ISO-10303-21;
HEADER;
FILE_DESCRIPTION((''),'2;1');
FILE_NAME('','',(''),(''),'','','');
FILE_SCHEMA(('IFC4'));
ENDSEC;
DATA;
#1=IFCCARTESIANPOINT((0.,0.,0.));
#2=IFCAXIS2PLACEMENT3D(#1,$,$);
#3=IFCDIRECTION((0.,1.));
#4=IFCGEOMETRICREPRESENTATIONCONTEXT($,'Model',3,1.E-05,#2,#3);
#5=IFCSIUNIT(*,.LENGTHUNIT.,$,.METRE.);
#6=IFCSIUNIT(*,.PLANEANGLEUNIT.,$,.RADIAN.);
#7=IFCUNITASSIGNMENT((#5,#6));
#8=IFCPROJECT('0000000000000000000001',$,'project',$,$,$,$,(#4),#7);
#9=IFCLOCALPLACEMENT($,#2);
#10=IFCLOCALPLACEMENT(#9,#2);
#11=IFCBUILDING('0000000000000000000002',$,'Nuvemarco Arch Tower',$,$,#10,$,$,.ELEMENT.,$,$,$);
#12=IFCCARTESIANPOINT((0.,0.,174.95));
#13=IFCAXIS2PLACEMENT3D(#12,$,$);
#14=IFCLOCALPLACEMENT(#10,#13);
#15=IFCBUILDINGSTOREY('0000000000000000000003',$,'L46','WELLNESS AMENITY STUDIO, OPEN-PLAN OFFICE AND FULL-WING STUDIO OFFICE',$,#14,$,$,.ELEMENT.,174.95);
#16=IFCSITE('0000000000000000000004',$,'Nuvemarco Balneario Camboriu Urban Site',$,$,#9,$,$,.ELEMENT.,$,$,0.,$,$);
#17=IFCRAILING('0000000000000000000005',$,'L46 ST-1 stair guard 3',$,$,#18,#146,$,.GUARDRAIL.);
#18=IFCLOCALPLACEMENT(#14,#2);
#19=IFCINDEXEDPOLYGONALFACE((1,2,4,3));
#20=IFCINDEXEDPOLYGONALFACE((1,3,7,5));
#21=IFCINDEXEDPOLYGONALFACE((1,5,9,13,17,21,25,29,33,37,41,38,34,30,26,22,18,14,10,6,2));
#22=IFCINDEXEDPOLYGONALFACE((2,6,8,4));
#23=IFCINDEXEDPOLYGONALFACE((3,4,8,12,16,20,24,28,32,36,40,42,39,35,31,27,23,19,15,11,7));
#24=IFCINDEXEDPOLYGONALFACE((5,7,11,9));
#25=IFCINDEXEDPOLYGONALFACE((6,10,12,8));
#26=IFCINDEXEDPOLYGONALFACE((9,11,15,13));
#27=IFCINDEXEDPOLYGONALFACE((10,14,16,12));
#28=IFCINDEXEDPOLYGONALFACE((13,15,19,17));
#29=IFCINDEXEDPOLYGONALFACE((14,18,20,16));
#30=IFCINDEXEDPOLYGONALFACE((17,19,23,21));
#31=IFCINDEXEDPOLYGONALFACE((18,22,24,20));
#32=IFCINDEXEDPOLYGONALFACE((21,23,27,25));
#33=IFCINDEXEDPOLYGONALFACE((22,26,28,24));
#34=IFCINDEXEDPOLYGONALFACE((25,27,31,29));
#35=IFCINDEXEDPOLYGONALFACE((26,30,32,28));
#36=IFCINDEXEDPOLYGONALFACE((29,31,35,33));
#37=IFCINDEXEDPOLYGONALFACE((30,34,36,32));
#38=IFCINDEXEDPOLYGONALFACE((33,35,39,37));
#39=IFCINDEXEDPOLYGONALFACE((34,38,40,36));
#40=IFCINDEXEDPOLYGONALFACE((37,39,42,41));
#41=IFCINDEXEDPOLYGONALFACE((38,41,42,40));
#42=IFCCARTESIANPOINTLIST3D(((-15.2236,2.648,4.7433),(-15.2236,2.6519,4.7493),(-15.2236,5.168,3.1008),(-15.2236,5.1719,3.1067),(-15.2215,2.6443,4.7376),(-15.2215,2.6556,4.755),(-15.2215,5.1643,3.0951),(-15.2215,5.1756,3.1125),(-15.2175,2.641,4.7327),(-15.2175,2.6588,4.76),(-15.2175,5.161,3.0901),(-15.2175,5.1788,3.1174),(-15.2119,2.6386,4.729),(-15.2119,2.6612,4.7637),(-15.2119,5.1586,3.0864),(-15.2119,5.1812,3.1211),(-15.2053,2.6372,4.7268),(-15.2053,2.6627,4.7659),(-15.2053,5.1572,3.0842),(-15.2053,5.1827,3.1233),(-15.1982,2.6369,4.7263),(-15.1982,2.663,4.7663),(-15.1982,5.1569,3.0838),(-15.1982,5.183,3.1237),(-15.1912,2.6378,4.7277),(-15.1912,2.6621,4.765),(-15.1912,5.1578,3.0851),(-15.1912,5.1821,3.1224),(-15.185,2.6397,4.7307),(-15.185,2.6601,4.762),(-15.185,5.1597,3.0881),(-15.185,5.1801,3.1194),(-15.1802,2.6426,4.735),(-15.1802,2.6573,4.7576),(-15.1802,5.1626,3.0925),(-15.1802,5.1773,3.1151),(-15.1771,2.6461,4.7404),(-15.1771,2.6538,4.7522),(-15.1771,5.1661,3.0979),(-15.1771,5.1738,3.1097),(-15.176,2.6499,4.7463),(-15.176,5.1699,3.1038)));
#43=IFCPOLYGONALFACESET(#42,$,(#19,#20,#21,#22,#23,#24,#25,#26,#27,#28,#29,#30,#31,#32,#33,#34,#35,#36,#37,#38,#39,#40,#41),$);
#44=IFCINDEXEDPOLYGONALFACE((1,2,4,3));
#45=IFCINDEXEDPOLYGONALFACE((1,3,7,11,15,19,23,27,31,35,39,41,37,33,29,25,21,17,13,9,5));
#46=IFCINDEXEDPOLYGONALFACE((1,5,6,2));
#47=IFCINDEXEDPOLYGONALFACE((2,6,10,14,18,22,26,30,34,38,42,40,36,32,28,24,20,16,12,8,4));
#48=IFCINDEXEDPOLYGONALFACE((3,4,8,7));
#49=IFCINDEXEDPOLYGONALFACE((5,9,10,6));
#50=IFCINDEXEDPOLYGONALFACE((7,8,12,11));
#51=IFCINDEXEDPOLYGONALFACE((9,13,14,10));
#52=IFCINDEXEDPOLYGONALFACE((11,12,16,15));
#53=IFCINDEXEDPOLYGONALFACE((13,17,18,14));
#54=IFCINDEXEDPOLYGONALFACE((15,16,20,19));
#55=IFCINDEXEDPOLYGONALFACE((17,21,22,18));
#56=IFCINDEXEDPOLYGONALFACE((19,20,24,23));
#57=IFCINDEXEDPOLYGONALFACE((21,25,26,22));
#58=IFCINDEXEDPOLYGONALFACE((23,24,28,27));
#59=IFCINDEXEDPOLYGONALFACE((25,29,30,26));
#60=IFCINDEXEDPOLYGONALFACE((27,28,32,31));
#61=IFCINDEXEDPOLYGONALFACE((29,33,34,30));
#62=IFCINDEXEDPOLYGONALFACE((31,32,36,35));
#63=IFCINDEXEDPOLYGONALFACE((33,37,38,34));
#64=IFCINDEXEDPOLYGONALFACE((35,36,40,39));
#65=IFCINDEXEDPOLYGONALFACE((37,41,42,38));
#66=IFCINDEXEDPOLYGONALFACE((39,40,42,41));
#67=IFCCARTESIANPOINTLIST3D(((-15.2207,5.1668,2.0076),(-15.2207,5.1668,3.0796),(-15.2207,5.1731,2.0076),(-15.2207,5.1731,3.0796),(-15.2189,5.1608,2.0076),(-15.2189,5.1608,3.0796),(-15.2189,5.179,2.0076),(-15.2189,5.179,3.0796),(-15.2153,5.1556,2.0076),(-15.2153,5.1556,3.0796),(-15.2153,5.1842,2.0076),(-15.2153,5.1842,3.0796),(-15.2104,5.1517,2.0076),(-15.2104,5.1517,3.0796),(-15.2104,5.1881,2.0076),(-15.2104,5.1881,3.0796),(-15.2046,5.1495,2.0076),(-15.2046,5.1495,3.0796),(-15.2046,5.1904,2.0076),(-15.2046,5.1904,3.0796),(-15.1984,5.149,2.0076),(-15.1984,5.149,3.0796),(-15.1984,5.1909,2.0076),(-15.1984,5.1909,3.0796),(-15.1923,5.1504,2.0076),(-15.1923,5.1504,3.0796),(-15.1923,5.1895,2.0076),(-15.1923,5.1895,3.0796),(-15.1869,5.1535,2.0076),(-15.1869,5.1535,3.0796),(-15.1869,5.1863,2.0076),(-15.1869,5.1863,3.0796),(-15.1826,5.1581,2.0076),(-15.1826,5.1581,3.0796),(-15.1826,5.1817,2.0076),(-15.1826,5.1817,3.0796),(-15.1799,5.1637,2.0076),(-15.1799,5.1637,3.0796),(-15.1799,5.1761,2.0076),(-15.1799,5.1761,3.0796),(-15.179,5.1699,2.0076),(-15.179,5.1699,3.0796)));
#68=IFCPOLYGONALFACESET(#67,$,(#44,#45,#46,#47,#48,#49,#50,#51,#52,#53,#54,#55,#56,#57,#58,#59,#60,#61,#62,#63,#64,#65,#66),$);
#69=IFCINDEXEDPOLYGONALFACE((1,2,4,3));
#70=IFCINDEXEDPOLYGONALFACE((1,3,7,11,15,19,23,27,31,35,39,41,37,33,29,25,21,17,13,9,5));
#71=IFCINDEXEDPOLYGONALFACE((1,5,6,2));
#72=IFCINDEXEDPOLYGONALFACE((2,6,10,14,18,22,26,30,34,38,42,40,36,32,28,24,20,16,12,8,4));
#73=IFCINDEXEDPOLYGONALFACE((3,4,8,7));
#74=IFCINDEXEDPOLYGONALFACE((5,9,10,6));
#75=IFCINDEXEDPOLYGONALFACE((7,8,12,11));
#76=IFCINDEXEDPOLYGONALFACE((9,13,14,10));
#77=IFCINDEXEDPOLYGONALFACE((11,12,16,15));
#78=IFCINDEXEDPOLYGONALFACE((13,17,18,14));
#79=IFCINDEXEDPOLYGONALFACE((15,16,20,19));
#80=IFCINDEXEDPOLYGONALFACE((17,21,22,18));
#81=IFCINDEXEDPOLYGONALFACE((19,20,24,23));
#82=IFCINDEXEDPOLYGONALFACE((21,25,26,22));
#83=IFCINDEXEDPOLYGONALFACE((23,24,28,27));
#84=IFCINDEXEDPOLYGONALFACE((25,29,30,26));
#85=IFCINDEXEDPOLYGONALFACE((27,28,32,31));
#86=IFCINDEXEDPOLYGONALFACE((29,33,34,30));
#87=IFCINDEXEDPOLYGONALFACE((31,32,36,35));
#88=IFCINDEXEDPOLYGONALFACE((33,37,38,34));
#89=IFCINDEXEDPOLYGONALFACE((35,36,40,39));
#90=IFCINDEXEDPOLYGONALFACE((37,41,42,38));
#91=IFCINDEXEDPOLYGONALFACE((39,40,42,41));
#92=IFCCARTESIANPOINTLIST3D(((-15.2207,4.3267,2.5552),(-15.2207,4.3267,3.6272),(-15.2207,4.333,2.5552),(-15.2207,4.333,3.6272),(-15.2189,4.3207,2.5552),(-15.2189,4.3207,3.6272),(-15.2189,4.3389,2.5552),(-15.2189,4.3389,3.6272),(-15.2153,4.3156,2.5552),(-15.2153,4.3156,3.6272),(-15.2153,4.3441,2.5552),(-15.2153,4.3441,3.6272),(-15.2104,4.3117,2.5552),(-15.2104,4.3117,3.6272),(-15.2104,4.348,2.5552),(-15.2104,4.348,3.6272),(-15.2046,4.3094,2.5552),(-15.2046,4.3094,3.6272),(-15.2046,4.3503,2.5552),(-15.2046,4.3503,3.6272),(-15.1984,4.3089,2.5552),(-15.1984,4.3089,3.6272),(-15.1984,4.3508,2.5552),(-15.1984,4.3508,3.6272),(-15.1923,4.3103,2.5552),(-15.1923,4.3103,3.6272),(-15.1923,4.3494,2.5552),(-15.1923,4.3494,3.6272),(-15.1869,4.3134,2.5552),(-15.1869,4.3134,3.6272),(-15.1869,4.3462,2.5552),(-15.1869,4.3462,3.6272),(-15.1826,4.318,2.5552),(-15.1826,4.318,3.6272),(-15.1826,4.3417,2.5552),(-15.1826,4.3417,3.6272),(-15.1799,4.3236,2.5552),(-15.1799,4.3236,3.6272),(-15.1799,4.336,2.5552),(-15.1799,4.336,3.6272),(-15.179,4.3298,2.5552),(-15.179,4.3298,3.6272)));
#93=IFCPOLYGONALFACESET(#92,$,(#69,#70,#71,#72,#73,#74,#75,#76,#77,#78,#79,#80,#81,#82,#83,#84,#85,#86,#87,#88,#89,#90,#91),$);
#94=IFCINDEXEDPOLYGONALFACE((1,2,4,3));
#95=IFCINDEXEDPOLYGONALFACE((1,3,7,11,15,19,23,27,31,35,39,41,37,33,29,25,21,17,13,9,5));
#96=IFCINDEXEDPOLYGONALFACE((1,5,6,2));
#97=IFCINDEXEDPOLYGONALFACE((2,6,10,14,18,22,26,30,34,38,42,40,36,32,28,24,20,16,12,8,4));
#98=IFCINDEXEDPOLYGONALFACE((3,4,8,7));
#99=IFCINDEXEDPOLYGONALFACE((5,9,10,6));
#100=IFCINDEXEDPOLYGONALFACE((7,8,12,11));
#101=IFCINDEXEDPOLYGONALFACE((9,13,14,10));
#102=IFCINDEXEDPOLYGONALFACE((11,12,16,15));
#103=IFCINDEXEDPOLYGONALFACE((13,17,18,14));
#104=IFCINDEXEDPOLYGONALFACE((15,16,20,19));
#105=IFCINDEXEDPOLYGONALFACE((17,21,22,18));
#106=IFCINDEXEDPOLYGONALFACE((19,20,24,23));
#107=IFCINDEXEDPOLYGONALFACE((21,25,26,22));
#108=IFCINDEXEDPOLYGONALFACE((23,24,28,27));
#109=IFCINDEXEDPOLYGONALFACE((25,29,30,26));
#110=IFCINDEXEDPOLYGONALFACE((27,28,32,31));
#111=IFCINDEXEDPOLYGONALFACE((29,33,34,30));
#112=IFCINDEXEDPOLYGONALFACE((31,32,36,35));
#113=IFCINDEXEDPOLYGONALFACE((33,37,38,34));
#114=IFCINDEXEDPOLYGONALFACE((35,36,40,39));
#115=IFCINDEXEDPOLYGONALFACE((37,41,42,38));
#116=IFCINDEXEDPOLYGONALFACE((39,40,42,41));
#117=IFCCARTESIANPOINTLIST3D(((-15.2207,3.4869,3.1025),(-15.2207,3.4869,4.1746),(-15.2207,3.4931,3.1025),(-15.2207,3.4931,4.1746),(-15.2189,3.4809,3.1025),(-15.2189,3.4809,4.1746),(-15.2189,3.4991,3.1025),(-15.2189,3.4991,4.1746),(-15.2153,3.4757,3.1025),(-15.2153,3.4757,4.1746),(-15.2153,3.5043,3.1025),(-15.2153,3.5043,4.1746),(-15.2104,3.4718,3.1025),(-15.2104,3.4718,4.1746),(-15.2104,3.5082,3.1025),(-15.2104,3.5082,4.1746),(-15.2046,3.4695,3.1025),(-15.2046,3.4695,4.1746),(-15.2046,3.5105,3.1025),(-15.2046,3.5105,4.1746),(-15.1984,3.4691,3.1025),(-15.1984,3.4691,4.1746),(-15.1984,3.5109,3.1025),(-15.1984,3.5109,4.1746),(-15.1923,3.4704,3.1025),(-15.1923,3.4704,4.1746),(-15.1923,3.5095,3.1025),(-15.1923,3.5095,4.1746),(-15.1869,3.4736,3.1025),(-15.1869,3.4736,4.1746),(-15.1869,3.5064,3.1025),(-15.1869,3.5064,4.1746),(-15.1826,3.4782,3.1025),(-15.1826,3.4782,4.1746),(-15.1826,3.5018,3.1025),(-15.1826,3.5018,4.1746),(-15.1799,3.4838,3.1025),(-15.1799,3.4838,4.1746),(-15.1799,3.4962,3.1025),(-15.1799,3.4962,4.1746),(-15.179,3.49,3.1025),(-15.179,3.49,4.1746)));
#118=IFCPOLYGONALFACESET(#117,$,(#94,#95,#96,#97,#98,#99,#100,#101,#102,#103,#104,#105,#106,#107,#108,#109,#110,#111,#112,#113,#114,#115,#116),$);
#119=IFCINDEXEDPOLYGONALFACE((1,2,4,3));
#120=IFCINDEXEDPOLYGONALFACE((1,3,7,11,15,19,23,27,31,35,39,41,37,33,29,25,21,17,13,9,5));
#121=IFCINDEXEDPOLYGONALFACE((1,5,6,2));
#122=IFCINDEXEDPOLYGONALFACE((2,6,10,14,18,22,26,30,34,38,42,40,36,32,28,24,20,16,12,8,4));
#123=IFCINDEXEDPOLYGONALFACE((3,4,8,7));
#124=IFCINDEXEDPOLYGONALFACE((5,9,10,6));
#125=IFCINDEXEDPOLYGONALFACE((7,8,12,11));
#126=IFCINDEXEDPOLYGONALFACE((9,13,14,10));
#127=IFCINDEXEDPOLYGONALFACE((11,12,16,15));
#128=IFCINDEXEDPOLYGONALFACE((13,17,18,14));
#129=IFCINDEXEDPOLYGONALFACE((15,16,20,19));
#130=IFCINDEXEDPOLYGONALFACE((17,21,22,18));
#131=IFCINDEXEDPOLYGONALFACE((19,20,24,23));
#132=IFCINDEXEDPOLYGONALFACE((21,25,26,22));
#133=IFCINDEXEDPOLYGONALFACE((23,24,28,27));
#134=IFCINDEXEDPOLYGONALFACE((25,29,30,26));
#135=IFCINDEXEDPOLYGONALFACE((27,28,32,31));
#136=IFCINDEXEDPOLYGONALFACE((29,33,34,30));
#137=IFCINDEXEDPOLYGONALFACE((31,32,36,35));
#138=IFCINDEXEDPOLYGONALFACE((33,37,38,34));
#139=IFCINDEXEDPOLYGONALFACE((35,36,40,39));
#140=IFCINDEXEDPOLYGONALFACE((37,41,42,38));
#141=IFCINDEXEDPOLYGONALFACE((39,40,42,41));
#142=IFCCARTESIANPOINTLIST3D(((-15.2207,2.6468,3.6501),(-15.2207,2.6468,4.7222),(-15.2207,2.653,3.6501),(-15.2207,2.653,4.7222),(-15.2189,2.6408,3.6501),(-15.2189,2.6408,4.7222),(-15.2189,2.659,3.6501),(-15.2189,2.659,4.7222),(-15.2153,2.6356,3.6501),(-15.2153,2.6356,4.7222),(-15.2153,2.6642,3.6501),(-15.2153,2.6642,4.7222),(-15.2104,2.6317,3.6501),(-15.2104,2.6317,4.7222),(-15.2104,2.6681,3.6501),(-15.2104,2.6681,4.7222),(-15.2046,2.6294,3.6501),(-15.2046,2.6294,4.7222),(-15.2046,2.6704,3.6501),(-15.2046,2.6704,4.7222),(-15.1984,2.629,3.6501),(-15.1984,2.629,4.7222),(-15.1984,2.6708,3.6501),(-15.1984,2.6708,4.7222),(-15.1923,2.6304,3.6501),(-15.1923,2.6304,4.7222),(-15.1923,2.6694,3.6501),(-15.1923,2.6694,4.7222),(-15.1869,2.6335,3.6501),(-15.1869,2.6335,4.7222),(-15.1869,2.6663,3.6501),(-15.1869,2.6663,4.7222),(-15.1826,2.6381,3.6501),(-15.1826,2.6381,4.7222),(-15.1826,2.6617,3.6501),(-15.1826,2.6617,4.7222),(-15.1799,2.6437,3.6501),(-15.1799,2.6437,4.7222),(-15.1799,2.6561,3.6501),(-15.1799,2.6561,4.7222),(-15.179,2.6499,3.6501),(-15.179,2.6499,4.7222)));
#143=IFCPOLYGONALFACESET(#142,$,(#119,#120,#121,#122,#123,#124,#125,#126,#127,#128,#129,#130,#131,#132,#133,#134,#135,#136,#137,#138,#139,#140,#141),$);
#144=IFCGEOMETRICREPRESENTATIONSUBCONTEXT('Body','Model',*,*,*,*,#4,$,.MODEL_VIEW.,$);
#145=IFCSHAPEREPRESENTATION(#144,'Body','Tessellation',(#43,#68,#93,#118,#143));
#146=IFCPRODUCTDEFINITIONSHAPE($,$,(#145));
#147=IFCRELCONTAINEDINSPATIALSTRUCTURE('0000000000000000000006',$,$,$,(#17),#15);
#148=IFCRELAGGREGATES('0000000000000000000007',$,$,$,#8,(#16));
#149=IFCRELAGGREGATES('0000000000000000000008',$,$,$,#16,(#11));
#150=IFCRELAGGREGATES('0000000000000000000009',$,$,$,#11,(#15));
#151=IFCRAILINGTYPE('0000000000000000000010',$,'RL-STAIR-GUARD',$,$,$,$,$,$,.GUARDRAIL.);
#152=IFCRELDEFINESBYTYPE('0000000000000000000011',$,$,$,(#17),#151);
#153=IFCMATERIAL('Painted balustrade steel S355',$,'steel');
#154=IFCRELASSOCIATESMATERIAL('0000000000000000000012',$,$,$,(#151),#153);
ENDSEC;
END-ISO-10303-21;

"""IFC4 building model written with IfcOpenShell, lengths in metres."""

from ifc_helpers import new_model, si_unit, direction, frame, origin, origin_2d, place, context, subcontext, project, spatial, circle, extrude, material, type_object, element, save


model = new_model("IFC4")

# Units and contexts
model_context = context("Model", 3, precision=1e-05, world=origin(), true_north=direction((0.0, 1.0)))
body_context = subcontext(model_context, "Body", "Model", "MODEL_VIEW")
ifc_project = project(units=[si_unit("LENGTHUNIT", "METRE"), si_unit("PLANEANGLEUNIT", "RADIAN")], contexts=[model_context])

# Site, building, storey
site_placement = place(None, origin())
site = spatial("IfcSite", under=ifc_project, at=site_placement, Name="Nuvemarco Balneario Camboriu Urban Site", CompositionType="ELEMENT", RefElevation=0.0)
building_placement = place(site_placement, origin())
building = spatial("IfcBuilding", under=site, at=building_placement, Name="Nuvemarco Arch Tower", CompositionType="ELEMENT")
storey_placement = place(building_placement, frame((0.0, 0.0, 174.95)))
storey = spatial("IfcBuildingStorey", under=building, at=storey_placement, Name="L46", Description="WELLNESS AMENITY STUDIO, OPEN-PLAN OFFICE AND FULL-WING STUDIO OFFICE", CompositionType="ELEMENT", Elevation=174.95)

# Railing
ifc_material_1 = material(Name="Painted balustrade steel S355", Category="steel")
railing_type_1 = type_object("IfcRailingType", Name="RL-STAIR-GUARD", PredefinedType="GUARDRAIL", material=ifc_material_1)
railing_1_placement = place(storey_placement, frame((-15.2, 5.1699, 2.0076)))
element("IfcRailing", 1, at=railing_1_placement, inside=storey, type_object=railing_type_1, Name="L46 ST-1 stair guard 3", PredefinedType="GUARDRAIL", context=body_context, shape_type="SweptSolid", body=[
    extrude(circle(Radius=0.0239, at=origin_2d()), frame((0.0, 0.0, 1.0962), z_axis=(0.0, -0.837749, 0.546055), x_axis=(1.0, 0.0, 0.0)), (0.0, 0.0, 1.0), 3.0081),
    extrude(circle(Radius=0.021, at=origin_2d()), origin(), (0.0, 0.0, 1.0), 1.072),
    extrude(circle(Radius=0.021, at=origin_2d()), frame((0.0, -0.8401, 0.5476)), (0.0, 0.0, 1.0), 1.072),
    extrude(circle(Radius=0.021, at=origin_2d()), frame((0.0, -1.6799, 1.095)), (0.0, 0.0, 1.0), 1.072),
    extrude(circle(Radius=0.021, at=origin_2d()), frame((0.0, -2.52, 1.6426)), (0.0, 0.0, 1.0), 1.072),
])

save(model, "model.ifc")
